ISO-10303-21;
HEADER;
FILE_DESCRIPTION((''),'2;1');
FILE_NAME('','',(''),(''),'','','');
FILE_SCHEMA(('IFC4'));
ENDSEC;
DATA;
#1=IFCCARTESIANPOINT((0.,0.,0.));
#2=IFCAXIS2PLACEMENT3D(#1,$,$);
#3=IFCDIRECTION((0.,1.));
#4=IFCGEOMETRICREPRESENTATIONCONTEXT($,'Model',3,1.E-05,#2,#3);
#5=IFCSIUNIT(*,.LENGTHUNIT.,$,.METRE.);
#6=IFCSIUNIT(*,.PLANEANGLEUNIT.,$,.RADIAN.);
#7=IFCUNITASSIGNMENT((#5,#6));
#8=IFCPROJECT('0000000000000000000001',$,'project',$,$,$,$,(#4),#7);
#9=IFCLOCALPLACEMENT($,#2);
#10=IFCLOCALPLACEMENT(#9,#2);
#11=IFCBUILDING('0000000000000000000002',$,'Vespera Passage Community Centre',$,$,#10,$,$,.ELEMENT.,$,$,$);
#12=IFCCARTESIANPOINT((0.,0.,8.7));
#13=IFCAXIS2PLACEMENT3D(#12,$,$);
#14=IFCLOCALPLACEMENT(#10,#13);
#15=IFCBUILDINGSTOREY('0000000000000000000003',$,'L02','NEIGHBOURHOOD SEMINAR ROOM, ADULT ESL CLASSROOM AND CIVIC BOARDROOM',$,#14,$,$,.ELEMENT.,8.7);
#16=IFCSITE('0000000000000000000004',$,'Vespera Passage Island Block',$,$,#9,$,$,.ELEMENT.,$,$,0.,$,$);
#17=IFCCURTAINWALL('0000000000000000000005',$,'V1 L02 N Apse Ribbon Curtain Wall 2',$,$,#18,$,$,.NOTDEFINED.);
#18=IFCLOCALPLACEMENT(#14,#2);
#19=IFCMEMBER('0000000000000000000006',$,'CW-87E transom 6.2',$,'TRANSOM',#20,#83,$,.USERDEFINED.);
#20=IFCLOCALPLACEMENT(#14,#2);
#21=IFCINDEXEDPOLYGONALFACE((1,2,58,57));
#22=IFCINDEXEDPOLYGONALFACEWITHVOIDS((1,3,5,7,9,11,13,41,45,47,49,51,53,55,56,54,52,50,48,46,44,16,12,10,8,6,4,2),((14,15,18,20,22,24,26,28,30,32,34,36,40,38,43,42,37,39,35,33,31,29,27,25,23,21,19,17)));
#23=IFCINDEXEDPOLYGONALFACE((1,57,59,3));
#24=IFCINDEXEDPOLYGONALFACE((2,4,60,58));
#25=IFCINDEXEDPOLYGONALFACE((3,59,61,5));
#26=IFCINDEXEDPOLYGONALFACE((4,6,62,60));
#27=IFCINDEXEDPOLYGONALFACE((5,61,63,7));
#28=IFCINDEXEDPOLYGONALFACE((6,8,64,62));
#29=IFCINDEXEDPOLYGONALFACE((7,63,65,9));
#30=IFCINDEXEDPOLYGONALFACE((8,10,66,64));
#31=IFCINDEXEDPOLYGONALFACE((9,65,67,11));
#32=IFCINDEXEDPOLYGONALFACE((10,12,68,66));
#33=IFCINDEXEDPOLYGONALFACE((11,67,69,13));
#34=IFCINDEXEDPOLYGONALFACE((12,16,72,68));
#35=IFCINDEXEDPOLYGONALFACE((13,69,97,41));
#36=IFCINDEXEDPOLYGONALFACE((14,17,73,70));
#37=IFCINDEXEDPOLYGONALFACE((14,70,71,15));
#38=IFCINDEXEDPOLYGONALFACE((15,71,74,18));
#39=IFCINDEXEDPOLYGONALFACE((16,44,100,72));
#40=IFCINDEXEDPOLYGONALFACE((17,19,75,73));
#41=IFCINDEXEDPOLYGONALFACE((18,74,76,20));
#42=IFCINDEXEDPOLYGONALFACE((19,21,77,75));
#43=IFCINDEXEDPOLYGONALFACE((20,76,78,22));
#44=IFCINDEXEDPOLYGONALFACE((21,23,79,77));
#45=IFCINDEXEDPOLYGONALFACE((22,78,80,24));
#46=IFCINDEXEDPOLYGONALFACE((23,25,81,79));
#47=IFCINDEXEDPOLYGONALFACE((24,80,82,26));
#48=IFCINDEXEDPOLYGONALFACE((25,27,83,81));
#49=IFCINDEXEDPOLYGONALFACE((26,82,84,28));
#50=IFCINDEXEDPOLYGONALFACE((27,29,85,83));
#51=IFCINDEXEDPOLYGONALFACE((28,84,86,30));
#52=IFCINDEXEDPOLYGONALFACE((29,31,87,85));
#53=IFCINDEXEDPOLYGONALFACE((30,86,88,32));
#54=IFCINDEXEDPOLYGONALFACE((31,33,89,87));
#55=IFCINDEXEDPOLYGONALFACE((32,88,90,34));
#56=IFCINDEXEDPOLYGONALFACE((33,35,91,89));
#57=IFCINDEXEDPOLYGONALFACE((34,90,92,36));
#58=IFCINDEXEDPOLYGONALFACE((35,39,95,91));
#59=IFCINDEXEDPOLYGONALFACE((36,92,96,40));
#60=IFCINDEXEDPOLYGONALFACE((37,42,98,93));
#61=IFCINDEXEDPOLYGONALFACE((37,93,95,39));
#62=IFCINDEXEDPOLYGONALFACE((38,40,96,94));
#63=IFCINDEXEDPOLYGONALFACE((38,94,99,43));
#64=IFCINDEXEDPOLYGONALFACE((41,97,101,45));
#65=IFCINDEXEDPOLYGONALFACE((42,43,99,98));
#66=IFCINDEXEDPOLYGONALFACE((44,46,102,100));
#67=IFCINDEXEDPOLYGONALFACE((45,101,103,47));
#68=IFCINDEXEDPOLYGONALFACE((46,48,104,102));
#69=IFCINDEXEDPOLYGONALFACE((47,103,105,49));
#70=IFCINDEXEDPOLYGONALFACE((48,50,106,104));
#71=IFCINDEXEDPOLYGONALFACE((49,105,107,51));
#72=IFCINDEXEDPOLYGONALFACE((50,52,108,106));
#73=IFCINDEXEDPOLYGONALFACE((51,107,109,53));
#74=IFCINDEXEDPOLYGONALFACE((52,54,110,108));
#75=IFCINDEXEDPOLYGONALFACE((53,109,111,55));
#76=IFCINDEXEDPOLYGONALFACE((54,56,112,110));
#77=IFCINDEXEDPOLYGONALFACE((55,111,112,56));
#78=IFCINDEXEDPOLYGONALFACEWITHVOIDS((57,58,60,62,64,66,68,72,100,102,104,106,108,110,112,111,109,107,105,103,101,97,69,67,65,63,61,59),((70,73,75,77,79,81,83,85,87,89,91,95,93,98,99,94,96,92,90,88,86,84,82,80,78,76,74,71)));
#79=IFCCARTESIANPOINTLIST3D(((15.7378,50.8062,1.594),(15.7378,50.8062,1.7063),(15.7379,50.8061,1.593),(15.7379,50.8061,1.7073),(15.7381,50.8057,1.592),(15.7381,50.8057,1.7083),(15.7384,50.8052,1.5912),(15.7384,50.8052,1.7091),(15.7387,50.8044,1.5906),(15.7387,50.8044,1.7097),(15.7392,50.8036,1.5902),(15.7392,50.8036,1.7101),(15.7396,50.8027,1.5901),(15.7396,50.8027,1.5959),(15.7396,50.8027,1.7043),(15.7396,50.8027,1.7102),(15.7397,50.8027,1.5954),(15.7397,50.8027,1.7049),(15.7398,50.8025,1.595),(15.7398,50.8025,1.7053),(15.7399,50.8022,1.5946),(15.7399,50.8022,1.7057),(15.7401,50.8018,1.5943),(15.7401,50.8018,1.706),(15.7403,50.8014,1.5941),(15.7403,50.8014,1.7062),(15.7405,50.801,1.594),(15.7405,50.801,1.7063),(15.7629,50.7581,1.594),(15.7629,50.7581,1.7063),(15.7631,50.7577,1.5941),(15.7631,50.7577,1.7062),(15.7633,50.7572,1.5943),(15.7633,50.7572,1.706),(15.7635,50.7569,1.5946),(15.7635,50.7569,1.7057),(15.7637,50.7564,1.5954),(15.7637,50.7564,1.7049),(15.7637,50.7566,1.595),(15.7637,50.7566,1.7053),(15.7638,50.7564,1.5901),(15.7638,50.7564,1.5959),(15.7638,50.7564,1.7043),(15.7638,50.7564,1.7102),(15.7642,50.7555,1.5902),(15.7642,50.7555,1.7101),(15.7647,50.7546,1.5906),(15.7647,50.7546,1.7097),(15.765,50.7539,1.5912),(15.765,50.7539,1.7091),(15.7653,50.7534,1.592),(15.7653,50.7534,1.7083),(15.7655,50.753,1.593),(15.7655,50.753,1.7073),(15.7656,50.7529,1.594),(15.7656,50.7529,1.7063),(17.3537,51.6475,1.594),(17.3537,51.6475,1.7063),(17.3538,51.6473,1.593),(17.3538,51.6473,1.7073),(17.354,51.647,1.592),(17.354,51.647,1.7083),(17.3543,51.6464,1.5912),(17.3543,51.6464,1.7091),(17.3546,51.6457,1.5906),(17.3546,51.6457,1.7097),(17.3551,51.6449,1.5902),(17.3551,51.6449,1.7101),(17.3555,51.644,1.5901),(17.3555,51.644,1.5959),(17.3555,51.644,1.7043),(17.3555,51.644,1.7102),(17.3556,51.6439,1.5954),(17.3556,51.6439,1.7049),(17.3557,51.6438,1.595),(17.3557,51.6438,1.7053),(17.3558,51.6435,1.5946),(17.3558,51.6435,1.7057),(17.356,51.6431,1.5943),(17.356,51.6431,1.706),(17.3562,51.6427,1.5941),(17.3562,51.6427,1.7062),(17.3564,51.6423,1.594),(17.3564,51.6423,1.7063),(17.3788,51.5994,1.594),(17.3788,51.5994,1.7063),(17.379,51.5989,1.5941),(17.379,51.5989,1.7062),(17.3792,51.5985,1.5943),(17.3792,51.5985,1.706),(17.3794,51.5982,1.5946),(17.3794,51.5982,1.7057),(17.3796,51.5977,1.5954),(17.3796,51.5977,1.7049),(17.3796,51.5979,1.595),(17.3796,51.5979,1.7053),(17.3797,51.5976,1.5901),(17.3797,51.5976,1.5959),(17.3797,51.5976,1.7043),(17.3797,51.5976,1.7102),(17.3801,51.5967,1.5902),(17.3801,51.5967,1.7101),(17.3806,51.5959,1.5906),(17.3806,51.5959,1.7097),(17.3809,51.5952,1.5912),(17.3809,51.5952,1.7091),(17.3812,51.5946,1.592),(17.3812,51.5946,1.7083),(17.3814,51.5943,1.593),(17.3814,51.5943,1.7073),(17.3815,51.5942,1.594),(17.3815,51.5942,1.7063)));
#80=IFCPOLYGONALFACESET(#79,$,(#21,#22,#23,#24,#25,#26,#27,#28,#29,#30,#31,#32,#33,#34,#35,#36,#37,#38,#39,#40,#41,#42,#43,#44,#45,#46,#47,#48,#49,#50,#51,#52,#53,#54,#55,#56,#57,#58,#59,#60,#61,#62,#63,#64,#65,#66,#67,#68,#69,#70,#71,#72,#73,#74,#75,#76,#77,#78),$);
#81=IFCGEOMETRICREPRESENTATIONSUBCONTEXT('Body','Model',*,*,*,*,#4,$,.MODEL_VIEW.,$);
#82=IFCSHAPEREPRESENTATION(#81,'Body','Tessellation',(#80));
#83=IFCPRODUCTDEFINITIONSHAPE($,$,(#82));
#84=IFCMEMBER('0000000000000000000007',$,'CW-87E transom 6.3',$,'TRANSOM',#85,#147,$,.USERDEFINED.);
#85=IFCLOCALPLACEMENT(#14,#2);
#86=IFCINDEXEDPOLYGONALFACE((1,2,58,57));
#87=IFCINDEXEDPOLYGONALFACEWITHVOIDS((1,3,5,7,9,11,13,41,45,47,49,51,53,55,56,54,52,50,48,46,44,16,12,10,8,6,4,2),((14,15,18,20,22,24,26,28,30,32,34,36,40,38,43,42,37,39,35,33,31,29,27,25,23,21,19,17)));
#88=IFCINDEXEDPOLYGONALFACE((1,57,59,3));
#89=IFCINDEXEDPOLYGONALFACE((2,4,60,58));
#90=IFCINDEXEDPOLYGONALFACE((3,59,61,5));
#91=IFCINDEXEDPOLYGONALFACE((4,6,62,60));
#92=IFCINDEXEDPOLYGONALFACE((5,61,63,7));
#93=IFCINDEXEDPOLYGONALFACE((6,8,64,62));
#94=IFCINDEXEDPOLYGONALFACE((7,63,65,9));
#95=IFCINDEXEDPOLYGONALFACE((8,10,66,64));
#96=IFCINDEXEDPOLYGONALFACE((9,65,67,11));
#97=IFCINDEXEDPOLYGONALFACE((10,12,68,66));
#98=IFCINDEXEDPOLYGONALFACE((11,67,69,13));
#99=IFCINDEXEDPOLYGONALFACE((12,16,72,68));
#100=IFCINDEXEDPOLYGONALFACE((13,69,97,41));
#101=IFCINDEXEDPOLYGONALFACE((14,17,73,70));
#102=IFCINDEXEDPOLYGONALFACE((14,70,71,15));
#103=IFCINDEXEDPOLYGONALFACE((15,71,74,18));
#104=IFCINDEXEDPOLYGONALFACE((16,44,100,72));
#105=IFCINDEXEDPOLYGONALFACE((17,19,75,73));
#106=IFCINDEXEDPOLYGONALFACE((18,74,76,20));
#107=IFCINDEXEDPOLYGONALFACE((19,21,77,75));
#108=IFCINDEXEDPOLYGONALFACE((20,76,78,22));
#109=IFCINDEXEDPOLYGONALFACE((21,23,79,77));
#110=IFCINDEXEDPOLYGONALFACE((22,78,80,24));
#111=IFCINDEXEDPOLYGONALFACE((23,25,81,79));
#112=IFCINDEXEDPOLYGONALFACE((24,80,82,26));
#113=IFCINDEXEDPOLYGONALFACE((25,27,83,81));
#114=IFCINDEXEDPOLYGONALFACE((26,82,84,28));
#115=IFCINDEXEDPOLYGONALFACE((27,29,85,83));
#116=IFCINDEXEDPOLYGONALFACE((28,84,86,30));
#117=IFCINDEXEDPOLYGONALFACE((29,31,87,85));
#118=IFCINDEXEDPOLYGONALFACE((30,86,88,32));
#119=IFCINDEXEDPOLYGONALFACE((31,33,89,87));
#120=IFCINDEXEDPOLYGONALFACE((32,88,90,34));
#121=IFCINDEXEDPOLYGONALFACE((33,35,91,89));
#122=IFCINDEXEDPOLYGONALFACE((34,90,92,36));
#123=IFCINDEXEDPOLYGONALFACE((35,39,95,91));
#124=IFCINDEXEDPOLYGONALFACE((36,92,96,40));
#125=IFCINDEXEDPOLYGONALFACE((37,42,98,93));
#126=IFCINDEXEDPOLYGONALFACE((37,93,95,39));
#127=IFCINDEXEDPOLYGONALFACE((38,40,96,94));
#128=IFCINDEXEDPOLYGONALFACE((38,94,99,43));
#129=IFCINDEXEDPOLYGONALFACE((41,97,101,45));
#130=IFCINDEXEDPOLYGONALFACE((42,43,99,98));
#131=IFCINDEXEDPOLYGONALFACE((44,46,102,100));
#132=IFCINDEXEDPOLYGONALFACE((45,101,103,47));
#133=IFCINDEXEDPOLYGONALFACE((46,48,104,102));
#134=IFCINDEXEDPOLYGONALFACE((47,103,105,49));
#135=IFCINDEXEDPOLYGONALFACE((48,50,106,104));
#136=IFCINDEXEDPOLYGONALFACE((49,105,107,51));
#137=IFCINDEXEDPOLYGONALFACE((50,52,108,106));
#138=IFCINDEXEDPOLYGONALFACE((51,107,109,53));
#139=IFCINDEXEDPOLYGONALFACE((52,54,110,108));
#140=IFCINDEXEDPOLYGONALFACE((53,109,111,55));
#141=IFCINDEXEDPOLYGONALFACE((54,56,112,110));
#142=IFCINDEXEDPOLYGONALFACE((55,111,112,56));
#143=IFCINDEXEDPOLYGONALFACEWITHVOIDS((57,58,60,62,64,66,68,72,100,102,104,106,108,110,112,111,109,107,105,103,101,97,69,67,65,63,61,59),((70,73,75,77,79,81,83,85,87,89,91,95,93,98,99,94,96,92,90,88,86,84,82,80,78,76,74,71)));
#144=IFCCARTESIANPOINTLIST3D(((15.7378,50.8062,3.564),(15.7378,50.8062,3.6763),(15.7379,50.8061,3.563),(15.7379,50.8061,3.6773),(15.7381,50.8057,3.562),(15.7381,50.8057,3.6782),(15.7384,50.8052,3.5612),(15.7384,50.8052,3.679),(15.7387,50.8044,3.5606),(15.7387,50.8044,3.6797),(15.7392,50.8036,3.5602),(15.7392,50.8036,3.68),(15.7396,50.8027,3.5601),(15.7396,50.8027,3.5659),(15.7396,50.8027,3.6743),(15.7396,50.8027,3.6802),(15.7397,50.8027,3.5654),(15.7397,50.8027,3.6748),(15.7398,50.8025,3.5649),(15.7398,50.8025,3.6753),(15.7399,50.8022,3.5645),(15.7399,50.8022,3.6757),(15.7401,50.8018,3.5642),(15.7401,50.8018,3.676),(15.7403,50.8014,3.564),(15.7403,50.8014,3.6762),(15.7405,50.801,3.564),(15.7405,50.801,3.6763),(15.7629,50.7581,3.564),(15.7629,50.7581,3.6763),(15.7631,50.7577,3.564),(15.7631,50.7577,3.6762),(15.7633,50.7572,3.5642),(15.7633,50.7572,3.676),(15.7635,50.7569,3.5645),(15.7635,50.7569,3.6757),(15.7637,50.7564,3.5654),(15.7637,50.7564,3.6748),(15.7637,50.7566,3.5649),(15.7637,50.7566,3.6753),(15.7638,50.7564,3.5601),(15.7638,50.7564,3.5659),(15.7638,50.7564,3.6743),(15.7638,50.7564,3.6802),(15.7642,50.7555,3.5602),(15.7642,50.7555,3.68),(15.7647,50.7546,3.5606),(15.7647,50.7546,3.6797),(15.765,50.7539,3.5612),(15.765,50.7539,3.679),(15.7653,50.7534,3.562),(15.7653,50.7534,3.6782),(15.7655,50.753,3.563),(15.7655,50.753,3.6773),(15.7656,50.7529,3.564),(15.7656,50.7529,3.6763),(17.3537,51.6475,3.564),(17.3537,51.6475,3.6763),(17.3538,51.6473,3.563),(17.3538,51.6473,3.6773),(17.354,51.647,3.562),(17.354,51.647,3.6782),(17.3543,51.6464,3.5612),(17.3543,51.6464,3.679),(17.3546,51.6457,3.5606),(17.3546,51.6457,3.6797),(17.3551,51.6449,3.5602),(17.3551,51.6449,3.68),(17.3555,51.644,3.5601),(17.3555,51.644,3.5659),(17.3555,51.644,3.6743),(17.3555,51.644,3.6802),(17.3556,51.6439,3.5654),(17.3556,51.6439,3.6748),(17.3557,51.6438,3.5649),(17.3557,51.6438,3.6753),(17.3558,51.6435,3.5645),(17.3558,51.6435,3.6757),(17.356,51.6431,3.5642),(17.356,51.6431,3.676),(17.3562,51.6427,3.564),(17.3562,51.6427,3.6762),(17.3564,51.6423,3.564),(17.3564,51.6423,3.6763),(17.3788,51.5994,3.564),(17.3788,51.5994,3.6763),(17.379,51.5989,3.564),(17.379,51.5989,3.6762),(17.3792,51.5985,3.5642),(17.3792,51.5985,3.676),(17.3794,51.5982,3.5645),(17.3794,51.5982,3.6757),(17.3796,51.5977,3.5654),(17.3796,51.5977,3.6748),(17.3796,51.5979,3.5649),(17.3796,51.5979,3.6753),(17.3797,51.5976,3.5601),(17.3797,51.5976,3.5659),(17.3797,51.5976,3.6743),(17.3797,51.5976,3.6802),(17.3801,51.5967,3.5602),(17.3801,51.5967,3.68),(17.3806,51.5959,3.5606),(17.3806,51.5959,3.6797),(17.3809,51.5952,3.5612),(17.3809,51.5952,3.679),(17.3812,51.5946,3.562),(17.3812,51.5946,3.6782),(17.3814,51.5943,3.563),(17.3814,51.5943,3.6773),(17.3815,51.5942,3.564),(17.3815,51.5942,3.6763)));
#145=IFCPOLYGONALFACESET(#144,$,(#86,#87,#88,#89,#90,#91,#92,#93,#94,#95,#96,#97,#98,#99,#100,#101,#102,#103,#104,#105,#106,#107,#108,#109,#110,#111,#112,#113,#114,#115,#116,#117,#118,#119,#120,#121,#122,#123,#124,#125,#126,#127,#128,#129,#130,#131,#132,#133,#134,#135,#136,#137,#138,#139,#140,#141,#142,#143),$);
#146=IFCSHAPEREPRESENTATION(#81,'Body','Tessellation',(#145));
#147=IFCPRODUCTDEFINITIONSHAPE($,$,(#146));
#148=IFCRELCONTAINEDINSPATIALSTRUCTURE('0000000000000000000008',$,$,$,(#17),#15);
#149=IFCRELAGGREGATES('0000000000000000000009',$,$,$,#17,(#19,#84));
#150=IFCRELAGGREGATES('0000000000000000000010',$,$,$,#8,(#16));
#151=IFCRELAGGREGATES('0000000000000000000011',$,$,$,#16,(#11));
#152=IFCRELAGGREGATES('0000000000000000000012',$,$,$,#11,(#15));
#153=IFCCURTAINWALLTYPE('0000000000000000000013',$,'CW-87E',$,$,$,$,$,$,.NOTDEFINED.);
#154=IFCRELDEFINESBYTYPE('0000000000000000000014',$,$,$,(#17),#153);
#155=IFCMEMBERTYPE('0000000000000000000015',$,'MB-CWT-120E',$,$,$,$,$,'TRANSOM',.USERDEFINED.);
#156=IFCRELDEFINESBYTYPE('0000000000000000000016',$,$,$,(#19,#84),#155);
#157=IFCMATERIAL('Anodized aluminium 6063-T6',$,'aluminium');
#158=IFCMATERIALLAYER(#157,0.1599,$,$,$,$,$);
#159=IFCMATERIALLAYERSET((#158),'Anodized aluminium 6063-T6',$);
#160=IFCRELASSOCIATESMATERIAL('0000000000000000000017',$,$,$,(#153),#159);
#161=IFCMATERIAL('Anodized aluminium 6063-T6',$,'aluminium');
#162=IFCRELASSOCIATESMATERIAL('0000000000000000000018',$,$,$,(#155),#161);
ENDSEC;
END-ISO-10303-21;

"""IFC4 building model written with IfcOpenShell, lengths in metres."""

from ifc_helpers import new_model, si_unit, direction, frame, origin, origin_2d, place, context, subcontext, project, spatial, hollow_rectangle, extrude, material, layer, layer_set, material_profile, profile_set, type_object, element, aggregate, save


model = new_model("IFC4")

# Units and contexts
model_context = context("Model", 3, precision=1e-05, world=origin(), true_north=direction((0.0, 1.0)))
body_context = subcontext(model_context, "Body", "Model", "MODEL_VIEW")
ifc_project = project(units=[si_unit("LENGTHUNIT", "METRE"), si_unit("PLANEANGLEUNIT", "RADIAN")], contexts=[model_context])

# Site, building, storey
site_placement = place(None, origin())
site = spatial("IfcSite", under=ifc_project, at=site_placement, Name="Vespera Passage Island Block", CompositionType="ELEMENT", RefElevation=0.0)
building_placement = place(site_placement, origin())
building = spatial("IfcBuilding", under=site, at=building_placement, Name="Vespera Passage Community Centre", CompositionType="ELEMENT")
storey_placement = place(building_placement, frame((0.0, 0.0, 8.7)))
storey = spatial("IfcBuildingStorey", under=building, at=storey_placement, Name="L02", Description="NEIGHBOURHOOD SEMINAR ROOM, ADULT ESL CLASSROOM AND CIVIC BOARDROOM", CompositionType="ELEMENT", Elevation=8.7)

# Curtain wall
ifc_material_1 = material(Name="Anodized aluminium 6063-T6", Category="aluminium")
ifc_layer_1 = layer(ifc_material_1, 0.1599)
ifc_layer_set_1 = layer_set([ifc_layer_1], Name="Anodized aluminium 6063-T6")
curtain_wall_type = type_object("IfcCurtainWallType", Name="CW-87E", PredefinedType="NOTDEFINED", material=ifc_layer_set_1)
curtain_wall_1_placement = place(storey_placement, origin())
curtain_wall_1 = element("IfcCurtainWall", 1, at=curtain_wall_1_placement, inside=storey, type_object=curtain_wall_type, Name="V1 L02 N Apse Ribbon Curtain Wall 2", PredefinedType="NOTDEFINED")

# Members
ifc_material_2 = material(Name="Anodized aluminium 6063-T6", Category="aluminium")
ifc_material_profile_1 = material_profile(ifc_material_2, hollow_rectangle(XDim=0.0601, YDim=0.1201, WallThickness=0.0039, InnerFilletRadius=0.002, OuterFilletRadius=0.0039, at=origin_2d()), Name="ALU120X60X4")
ifc_profile_set_1 = profile_set([ifc_material_profile_1], Name="Anodized aluminium 6063-T6")
member_type_1 = type_object("IfcMemberType", Name="MB-CWT-120E", ElementType="TRANSOM", PredefinedType="USERDEFINED", material=ifc_profile_set_1)
member_1_placement = place(storey_placement, frame((15.7517, 50.7795, 1.6501), z_axis=(0.886991, 0.461787, 0.0), x_axis=(-0.461787, 0.886991, 0.0)))
member_1 = element("IfcMember", 2, at=member_1_placement, type_object=member_type_1, Name="CW-87E transom 6.2", ObjectType="TRANSOM", PredefinedType="USERDEFINED", context=body_context, shape_type="SweptSolid", body=[
    extrude(hollow_rectangle(XDim=0.0601, YDim=0.1201, WallThickness=0.0039, InnerFilletRadius=0.002, OuterFilletRadius=0.0039, at=origin_2d()), origin(), (0.0, 0.0, 1.0), 1.8218),
])
member_2_placement = place(storey_placement, frame((15.7517, 50.7795, 3.6201), z_axis=(0.886991, 0.461787, 0.0), x_axis=(-0.461787, 0.886991, 0.0)))
member_2 = element("IfcMember", 3, at=member_2_placement, type_object=member_type_1, Name="CW-87E transom 6.3", ObjectType="TRANSOM", PredefinedType="USERDEFINED", context=body_context, shape_type="SweptSolid", body=[
    extrude(hollow_rectangle(XDim=0.0601, YDim=0.1201, WallThickness=0.0039, InnerFilletRadius=0.002, OuterFilletRadius=0.0039, at=origin_2d()), origin(), (0.0, 0.0, 1.0), 1.8218),
])

aggregate(curtain_wall_1, [member_1, member_2])

save(model, "model.ifc")
